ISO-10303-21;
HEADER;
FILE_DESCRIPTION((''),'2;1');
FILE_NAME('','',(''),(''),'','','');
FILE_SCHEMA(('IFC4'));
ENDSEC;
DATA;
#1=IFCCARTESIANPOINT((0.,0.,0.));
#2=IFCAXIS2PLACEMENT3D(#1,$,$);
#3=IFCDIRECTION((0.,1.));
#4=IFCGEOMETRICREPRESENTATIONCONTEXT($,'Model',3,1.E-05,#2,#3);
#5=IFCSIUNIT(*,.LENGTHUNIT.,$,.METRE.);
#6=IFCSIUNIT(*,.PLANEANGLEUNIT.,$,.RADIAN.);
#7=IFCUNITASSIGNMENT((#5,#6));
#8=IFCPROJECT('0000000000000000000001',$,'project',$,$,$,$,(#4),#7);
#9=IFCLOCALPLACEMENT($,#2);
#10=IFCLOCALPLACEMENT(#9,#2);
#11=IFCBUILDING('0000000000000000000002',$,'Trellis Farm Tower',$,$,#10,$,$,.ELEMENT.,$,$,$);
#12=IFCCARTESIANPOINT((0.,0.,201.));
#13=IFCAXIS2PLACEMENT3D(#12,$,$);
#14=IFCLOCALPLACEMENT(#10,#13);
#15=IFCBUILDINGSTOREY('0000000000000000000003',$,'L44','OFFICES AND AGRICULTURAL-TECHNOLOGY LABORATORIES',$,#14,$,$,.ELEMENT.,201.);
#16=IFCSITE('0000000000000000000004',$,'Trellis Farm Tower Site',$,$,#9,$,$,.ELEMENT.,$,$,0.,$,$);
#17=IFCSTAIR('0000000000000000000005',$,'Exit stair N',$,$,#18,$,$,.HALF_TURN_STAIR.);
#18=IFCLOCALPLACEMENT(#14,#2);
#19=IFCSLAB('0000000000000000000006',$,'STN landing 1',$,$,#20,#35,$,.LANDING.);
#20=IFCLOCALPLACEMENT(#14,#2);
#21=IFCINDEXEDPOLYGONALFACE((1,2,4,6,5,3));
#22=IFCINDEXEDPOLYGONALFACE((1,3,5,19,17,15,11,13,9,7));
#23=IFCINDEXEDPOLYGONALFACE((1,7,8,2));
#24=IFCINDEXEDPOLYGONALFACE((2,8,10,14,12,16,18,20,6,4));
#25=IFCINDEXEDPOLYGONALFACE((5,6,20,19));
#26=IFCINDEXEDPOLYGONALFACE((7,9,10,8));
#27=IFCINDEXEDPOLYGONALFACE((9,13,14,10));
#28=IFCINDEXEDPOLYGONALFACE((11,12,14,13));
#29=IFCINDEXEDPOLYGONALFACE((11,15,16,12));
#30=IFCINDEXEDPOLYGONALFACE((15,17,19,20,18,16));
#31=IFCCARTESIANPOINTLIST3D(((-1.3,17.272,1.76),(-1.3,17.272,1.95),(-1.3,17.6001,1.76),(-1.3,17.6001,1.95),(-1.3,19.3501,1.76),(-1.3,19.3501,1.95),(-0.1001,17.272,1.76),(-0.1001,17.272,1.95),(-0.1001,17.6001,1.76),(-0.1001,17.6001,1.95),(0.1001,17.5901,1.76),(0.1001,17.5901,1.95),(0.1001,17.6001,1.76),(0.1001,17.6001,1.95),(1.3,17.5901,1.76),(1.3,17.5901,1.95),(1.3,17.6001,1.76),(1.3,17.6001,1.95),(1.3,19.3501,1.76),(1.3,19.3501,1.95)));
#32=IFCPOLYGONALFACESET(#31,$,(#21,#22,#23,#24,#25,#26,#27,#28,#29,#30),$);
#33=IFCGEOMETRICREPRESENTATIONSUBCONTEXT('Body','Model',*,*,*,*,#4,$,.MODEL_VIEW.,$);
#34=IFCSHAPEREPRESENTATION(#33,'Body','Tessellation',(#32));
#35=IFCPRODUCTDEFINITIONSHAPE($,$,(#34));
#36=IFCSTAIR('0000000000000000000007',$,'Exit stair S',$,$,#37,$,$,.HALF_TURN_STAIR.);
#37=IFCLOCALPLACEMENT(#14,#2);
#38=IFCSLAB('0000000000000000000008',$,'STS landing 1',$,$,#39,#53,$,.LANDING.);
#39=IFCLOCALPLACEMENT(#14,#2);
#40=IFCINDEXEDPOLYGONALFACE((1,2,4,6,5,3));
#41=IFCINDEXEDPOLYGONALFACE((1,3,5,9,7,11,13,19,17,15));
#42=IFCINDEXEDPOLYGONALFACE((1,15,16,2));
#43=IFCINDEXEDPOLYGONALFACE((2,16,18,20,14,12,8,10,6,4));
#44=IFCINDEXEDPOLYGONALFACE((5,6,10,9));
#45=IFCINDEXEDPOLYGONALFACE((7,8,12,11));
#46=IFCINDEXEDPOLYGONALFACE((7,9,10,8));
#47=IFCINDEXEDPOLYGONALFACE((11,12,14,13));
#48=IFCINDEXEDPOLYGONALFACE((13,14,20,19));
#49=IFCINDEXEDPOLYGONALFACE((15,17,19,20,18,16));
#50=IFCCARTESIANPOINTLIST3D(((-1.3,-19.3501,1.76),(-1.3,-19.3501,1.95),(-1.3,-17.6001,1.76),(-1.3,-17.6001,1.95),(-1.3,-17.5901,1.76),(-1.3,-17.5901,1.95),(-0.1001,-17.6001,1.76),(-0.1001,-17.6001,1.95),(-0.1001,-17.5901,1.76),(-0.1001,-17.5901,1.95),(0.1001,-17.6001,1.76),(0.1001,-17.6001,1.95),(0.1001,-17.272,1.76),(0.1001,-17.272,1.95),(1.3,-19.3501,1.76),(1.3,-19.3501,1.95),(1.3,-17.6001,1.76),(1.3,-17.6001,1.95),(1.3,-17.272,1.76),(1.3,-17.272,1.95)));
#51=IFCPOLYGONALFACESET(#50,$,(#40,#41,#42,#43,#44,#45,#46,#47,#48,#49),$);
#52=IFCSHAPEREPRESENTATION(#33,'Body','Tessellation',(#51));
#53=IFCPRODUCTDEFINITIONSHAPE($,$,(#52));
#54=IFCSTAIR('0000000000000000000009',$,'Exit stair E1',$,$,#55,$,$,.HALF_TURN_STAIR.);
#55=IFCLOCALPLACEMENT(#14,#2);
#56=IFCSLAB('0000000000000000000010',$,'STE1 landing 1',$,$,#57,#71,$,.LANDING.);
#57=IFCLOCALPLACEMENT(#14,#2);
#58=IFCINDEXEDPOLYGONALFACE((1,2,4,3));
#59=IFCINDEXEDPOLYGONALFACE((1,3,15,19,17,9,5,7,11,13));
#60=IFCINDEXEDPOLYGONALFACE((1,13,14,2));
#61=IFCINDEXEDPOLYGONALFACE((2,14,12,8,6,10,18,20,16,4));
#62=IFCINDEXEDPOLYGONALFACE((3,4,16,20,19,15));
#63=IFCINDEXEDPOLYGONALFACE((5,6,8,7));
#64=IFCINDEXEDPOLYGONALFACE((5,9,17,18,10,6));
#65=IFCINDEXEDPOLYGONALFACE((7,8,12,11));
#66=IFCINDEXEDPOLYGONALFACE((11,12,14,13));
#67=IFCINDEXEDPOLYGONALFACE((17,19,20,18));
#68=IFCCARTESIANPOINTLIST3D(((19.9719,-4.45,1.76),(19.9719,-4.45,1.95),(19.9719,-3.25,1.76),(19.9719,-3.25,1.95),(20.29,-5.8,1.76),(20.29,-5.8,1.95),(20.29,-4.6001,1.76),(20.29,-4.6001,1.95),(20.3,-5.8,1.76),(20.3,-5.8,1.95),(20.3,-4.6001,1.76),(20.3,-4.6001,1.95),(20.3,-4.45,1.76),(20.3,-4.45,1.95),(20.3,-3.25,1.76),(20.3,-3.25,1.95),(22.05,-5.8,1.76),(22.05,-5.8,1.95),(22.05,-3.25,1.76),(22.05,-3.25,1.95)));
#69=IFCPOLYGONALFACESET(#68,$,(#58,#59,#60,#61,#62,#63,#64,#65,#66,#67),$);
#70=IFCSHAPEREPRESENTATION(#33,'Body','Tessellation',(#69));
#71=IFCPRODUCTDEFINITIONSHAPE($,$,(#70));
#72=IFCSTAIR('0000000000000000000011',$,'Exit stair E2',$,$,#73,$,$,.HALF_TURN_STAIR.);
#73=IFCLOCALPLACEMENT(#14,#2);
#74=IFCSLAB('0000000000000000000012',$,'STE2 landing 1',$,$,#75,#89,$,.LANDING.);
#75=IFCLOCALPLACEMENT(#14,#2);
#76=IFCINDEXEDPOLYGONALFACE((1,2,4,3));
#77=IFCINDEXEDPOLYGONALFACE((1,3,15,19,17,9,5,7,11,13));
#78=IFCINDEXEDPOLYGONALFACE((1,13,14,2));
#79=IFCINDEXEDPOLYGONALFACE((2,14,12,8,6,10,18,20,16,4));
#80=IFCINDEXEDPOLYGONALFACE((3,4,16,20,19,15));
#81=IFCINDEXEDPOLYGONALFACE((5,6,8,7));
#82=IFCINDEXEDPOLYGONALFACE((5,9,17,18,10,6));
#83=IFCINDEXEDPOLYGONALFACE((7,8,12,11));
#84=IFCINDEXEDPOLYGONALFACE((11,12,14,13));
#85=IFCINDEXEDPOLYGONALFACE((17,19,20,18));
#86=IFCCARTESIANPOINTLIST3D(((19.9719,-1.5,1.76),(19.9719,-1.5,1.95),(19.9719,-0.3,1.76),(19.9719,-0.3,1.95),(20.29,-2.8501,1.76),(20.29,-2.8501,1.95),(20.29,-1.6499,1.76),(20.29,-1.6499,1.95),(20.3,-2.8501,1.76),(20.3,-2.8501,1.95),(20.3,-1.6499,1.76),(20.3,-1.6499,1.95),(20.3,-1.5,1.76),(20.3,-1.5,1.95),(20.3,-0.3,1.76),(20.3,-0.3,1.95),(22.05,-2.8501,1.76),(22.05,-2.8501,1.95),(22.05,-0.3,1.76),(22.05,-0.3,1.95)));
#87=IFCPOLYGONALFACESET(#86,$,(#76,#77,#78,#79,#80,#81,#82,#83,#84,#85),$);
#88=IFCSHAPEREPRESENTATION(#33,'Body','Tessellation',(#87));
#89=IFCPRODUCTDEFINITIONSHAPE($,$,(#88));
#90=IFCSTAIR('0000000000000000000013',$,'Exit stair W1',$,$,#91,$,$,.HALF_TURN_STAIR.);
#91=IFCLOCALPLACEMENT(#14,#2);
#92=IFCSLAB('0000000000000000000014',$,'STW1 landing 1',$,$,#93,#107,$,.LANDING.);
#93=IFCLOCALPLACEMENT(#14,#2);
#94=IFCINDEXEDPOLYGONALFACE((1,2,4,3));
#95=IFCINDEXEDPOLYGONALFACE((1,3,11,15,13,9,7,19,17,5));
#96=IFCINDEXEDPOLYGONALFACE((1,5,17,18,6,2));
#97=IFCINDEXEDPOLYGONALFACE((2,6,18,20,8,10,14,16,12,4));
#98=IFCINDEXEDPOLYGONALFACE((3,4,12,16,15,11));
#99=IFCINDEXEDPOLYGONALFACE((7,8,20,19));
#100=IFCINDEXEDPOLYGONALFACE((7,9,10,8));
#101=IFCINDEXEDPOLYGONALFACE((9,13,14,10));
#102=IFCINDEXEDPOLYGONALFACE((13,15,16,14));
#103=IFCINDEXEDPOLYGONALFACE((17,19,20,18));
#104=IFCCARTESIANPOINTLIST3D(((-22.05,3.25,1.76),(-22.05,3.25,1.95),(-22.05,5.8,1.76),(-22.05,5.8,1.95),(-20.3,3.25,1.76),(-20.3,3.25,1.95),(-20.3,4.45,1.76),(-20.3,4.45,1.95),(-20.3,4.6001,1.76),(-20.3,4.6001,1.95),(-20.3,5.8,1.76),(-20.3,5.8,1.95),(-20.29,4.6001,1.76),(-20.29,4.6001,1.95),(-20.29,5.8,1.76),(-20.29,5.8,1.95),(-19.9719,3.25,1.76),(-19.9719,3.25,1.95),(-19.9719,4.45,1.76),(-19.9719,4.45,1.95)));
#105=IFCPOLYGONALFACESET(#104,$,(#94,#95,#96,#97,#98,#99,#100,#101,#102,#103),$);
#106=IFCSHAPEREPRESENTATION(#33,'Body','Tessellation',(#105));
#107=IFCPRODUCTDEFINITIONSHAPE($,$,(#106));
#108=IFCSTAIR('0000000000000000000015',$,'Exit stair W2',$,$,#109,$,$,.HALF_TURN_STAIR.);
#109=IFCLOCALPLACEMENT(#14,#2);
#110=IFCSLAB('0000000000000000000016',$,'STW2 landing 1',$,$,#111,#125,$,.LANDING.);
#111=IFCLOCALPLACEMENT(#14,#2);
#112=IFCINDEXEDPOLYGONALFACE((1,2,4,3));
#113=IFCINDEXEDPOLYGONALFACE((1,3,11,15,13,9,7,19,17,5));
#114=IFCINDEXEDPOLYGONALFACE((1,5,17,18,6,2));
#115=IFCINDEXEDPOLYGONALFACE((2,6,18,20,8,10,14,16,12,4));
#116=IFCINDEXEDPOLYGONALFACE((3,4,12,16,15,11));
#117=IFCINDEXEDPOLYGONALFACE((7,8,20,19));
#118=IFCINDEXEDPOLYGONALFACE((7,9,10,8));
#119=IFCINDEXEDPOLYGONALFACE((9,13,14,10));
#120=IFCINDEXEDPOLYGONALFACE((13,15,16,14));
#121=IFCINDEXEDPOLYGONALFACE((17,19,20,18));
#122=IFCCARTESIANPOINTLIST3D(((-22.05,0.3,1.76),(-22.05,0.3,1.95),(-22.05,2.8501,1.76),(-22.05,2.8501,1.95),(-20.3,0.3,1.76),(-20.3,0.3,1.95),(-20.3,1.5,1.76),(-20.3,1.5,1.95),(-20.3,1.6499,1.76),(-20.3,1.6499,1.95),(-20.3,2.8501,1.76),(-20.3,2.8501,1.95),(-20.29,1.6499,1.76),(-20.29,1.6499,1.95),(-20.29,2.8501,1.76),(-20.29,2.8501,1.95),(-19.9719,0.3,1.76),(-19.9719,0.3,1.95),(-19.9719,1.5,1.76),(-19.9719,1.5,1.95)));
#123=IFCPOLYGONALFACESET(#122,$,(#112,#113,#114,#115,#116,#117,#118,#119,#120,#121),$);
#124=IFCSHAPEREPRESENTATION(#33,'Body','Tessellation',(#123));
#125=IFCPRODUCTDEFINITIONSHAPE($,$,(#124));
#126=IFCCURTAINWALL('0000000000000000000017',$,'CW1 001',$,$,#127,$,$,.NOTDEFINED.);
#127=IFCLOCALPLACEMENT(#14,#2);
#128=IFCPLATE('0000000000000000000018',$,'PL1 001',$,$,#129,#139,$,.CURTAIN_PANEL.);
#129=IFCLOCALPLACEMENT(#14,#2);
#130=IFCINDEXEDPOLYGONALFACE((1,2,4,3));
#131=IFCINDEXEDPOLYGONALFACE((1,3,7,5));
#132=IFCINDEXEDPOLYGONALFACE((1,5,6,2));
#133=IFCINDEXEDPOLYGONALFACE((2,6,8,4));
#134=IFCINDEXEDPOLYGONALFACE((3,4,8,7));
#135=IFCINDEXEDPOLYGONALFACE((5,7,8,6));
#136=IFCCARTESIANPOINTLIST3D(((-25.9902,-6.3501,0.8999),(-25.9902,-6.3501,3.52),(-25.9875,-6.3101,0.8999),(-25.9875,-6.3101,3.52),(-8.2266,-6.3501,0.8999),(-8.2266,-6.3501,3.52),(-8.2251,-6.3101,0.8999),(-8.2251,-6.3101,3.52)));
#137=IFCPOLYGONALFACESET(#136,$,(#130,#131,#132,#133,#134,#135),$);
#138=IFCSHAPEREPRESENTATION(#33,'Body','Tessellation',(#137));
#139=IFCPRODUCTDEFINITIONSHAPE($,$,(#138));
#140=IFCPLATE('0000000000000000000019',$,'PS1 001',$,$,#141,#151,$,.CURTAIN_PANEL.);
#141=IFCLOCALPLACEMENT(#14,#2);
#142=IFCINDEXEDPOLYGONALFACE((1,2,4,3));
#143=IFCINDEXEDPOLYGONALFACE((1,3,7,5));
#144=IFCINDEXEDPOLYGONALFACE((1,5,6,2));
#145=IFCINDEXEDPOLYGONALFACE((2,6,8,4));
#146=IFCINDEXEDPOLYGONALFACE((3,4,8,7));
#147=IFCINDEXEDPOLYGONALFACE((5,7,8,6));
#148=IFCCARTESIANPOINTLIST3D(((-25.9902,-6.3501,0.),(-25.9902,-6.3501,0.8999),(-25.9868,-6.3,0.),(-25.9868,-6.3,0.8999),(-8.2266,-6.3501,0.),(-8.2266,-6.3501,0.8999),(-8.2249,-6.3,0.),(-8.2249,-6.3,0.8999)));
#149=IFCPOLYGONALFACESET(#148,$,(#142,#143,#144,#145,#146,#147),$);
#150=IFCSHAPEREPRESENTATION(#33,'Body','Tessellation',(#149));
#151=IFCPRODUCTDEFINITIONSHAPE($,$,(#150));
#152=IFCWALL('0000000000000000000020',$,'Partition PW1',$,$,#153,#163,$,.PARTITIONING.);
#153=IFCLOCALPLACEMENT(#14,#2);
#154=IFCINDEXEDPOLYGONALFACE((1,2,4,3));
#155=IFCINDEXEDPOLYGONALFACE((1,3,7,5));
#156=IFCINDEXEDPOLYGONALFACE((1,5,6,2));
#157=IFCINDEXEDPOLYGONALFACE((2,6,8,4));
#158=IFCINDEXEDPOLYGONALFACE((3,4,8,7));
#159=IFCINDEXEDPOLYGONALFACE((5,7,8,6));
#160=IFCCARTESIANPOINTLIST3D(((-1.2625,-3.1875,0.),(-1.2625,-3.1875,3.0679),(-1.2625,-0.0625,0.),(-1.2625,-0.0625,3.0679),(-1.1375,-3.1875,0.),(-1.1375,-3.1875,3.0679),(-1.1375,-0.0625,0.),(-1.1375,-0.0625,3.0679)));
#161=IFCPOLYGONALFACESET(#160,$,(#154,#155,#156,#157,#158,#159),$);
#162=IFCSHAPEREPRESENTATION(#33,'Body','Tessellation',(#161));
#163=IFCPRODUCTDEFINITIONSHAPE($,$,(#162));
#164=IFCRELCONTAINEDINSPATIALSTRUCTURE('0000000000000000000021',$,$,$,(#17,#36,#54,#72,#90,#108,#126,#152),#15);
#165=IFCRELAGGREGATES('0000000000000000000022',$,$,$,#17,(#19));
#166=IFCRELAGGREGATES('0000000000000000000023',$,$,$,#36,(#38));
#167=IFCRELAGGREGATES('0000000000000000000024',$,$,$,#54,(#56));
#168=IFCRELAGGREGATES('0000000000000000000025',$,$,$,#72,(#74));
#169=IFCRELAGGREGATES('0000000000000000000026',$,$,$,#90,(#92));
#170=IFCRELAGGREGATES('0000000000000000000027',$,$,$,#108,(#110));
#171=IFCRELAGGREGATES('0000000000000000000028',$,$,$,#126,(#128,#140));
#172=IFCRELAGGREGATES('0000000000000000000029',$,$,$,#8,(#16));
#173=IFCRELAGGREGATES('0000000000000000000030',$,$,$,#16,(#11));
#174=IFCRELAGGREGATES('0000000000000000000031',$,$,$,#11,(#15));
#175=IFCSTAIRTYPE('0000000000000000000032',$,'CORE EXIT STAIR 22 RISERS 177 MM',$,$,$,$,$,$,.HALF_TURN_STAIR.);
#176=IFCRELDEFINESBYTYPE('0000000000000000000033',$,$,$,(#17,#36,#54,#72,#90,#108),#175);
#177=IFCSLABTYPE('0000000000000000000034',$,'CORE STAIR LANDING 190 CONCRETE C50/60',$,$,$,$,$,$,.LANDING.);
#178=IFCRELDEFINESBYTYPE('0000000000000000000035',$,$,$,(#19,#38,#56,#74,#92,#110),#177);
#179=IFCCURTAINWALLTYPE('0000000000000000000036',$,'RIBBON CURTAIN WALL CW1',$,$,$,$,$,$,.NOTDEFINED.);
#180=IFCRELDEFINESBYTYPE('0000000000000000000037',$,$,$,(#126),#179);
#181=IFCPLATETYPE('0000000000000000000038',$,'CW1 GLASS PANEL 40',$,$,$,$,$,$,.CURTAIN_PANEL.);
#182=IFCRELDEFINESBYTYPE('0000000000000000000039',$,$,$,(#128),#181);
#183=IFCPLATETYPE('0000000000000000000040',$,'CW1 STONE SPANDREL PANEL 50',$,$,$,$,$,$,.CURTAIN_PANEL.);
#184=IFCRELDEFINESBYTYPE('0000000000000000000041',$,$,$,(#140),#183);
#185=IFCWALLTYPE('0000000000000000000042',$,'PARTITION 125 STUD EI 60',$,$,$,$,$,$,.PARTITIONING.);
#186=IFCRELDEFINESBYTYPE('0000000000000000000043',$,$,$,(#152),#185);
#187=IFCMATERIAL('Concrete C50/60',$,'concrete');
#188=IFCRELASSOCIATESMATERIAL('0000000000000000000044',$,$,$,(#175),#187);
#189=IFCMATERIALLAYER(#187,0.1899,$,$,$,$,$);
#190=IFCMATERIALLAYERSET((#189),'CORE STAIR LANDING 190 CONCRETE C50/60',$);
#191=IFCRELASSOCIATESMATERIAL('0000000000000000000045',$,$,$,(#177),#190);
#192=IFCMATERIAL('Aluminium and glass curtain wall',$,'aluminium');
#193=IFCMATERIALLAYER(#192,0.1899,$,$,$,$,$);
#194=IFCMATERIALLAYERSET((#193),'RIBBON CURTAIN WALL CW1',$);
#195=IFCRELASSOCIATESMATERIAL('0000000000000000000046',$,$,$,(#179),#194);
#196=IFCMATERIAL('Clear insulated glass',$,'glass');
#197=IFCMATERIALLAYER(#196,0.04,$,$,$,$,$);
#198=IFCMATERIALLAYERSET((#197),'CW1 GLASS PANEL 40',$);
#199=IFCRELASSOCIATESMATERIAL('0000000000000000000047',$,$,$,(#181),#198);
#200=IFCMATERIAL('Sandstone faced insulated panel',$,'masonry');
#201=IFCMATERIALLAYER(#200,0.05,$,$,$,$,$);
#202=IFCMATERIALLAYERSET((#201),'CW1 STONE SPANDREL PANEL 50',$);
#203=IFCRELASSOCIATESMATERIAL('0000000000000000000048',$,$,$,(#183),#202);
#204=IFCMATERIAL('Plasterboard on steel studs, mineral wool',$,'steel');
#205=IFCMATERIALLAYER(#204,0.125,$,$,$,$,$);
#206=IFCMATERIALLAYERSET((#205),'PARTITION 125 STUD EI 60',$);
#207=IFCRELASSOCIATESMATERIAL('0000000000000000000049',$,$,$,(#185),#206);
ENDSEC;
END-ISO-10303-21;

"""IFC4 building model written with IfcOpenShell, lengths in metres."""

from ifc_helpers import new_model, si_unit, direction, frame, frame_2d, origin, place, context, subcontext, project, spatial, polyline, rectangle, outline, extrude, source, transform, mapped, material, layer, layer_set, type_object, element, aggregate, save


model = new_model("IFC4")

# Units and contexts
model_context = context("Model", 3, precision=1e-05, world=origin(), true_north=direction((0.0, 1.0)))
body_context = subcontext(model_context, "Body", "Model", "MODEL_VIEW")
ifc_project = project(units=[si_unit("LENGTHUNIT", "METRE"), si_unit("PLANEANGLEUNIT", "RADIAN")], contexts=[model_context])

# Site, building, storey
site_placement = place(None, origin())
site = spatial("IfcSite", under=ifc_project, at=site_placement, Name="Trellis Farm Tower Site", CompositionType="ELEMENT", RefElevation=0.0)
building_placement = place(site_placement, origin())
building = spatial("IfcBuilding", under=site, at=building_placement, Name="Trellis Farm Tower", CompositionType="ELEMENT")
storey_placement = place(building_placement, frame((0.0, 0.0, 201.0)))
storey = spatial("IfcBuildingStorey", under=building, at=storey_placement, Name="L44", Description="OFFICES AND AGRICULTURAL-TECHNOLOGY LABORATORIES", CompositionType="ELEMENT", Elevation=201.0)

# Stairs, slabs
ifc_material_1 = material(Name="Concrete C50/60", Category="concrete")
stair_type = type_object("IfcStairType", Name="CORE EXIT STAIR 22 RISERS 177 MM", PredefinedType="HALF_TURN_STAIR", material=ifc_material_1)
placement_1 = place(storey_placement, origin())
stair_1 = element("IfcStair", 1, at=placement_1, inside=storey, type_object=stair_type, Name="Exit stair N", PredefinedType="HALF_TURN_STAIR")
ifc_layer_1 = layer(ifc_material_1, 0.1899)
ifc_layer_set_1 = layer_set([ifc_layer_1], Name="CORE STAIR LANDING 190 CONCRETE C50/60")
slab_type_1 = type_object("IfcSlabType", Name="CORE STAIR LANDING 190 CONCRETE C50/60", PredefinedType="LANDING", material=ifc_layer_set_1)
shared_shape_1 = source(origin(), body_context, "Body", "SweptSolid", [
    extrude(outline(polyline([(-0.1001, 17.272), (-1.3, 17.272), (-1.3, 17.6001), (-1.3, 19.3501), (1.3, 19.3501), (1.3, 17.6001), (1.3, 17.5901), (0.1001, 17.5901), (0.1001, 17.6001), (-0.1001, 17.6001), (-0.1001, 17.272)])), origin(), (0.0, 0.0, 1.0), 0.1899),
])
placement_2 = place(storey_placement, frame((0.0, 0.0, 1.76)))
slab_1 = element("IfcSlab", 2, at=placement_2, type_object=slab_type_1, Name="STN landing 1", PredefinedType="LANDING", context=body_context, shape_type="MappedRepresentation", body=[
    mapped(shared_shape_1, transform((0.0, 0.0, 0.0))),
])
aggregate(stair_1, [slab_1])
stair_2 = element("IfcStair", 3, at=placement_1, inside=storey, type_object=stair_type, Name="Exit stair S", PredefinedType="HALF_TURN_STAIR")
shared_shape_2 = source(origin(), body_context, "Body", "SweptSolid", [
    extrude(outline(polyline([(1.3, -19.3501), (-1.3, -19.3501), (-1.3, -17.6001), (-1.3, -17.5901), (-0.1001, -17.5901), (-0.1001, -17.6001), (0.1001, -17.6001), (0.1001, -17.272), (1.3, -17.272), (1.3, -17.6001), (1.3, -19.3501)])), origin(), (0.0, 0.0, 1.0), 0.1899),
])
slab_2 = element("IfcSlab", 4, at=placement_2, type_object=slab_type_1, Name="STS landing 1", PredefinedType="LANDING", context=body_context, shape_type="MappedRepresentation", body=[
    mapped(shared_shape_2, transform((0.0, 0.0, 0.0))),
])
aggregate(stair_2, [slab_2])
stair_3 = element("IfcStair", 5, at=placement_1, inside=storey, type_object=stair_type, Name="Exit stair E1", PredefinedType="HALF_TURN_STAIR")
shared_shape_3 = source(origin(), body_context, "Body", "SweptSolid", [
    extrude(outline(polyline([(20.29, -5.8), (20.29, -4.6001), (20.3, -4.6001), (20.3, -4.45), (19.9719, -4.45), (19.9719, -3.25), (20.3, -3.25), (22.05, -3.25), (22.05, -5.8), (20.3, -5.8), (20.29, -5.8)])), origin(), (0.0, 0.0, 1.0), 0.1899),
])
slab_3 = element("IfcSlab", 6, at=placement_2, type_object=slab_type_1, Name="STE1 landing 1", PredefinedType="LANDING", context=body_context, shape_type="MappedRepresentation", body=[
    mapped(shared_shape_3, transform((0.0, 0.0, 0.0))),
])
aggregate(stair_3, [slab_3])
stair_4 = element("IfcStair", 7, at=placement_1, inside=storey, type_object=stair_type, Name="Exit stair E2", PredefinedType="HALF_TURN_STAIR")
shared_shape_4 = source(origin(), body_context, "Body", "SweptSolid", [
    extrude(outline(polyline([(20.29, -2.8501), (20.29, -1.6499), (20.3, -1.6499), (20.3, -1.5), (19.9719, -1.5), (19.9719, -0.3), (20.3, -0.3), (22.05, -0.3), (22.05, -2.8501), (20.3, -2.8501), (20.29, -2.8501)])), origin(), (0.0, 0.0, 1.0), 0.1899),
])
slab_4 = element("IfcSlab", 8, at=placement_2, type_object=slab_type_1, Name="STE2 landing 1", PredefinedType="LANDING", context=body_context, shape_type="MappedRepresentation", body=[
    mapped(shared_shape_4, transform((0.0, 0.0, 0.0))),
])
aggregate(stair_4, [slab_4])
stair_5 = element("IfcStair", 9, at=placement_1, inside=storey, type_object=stair_type, Name="Exit stair W1", PredefinedType="HALF_TURN_STAIR")
shared_shape_5 = source(origin(), body_context, "Body", "SweptSolid", [
    extrude(outline(polyline([(-19.9719, 4.45), (-19.9719, 3.25), (-20.3, 3.25), (-22.05, 3.25), (-22.05, 5.8), (-20.3, 5.8), (-20.29, 5.8), (-20.29, 4.6001), (-20.3, 4.6001), (-20.3, 4.45), (-19.9719, 4.45)])), origin(), (0.0, 0.0, 1.0), 0.1899),
])
slab_5 = element("IfcSlab", 10, at=placement_2, type_object=slab_type_1, Name="STW1 landing 1", PredefinedType="LANDING", context=body_context, shape_type="MappedRepresentation", body=[
    mapped(shared_shape_5, transform((0.0, 0.0, 0.0))),
])
aggregate(stair_5, [slab_5])
stair_6 = element("IfcStair", 11, at=placement_1, inside=storey, type_object=stair_type, Name="Exit stair W2", PredefinedType="HALF_TURN_STAIR")
shared_shape_6 = source(origin(), body_context, "Body", "SweptSolid", [
    extrude(outline(polyline([(-19.9719, 1.5), (-19.9719, 0.3), (-20.3, 0.3), (-22.05, 0.3), (-22.05, 2.8501), (-20.3, 2.8501), (-20.29, 2.8501), (-20.29, 1.6499), (-20.3, 1.6499), (-20.3, 1.5), (-19.9719, 1.5)])), origin(), (0.0, 0.0, 1.0), 0.1899),
])
slab_6 = element("IfcSlab", 12, at=placement_2, type_object=slab_type_1, Name="STW2 landing 1", PredefinedType="LANDING", context=body_context, shape_type="MappedRepresentation", body=[
    mapped(shared_shape_6, transform((0.0, 0.0, 0.0))),
])
aggregate(stair_6, [slab_6])

# Curtain wall, plates
ifc_material_2 = material(Name="Aluminium and glass curtain wall", Category="aluminium")
ifc_layer_2 = layer(ifc_material_2, 0.1899)
ifc_layer_set_2 = layer_set([ifc_layer_2], Name="RIBBON CURTAIN WALL CW1")
curtain_wall_type = type_object("IfcCurtainWallType", Name="RIBBON CURTAIN WALL CW1", PredefinedType="NOTDEFINED", material=ifc_layer_set_2)
curtain_wall = element("IfcCurtainWall", 13, at=placement_1, inside=storey, type_object=curtain_wall_type, Name="CW1 001", PredefinedType="NOTDEFINED")
ifc_material_3 = material(Name="Clear insulated glass", Category="glass")
ifc_layer_3 = layer(ifc_material_3, 0.04)
ifc_layer_set_3 = layer_set([ifc_layer_3], Name="CW1 GLASS PANEL 40")
plate_type_1 = type_object("IfcPlateType", Name="CW1 GLASS PANEL 40", PredefinedType="CURTAIN_PANEL", material=ifc_layer_set_3)
shared_shape_7 = source(origin(), body_context, "Body", "SweptSolid", [
    extrude(outline(polyline([(-25.9902, -6.3501), (-8.2266, -6.3501), (-8.2251, -6.3101), (-25.9875, -6.3101), (-25.9902, -6.3501)])), origin(), (0.0, 0.0, 1.0), 2.6201),
])
plate_1_placement = place(storey_placement, frame((0.0, 0.0, 0.8999)))
plate_1 = element("IfcPlate", 14, at=plate_1_placement, type_object=plate_type_1, Name="PL1 001", PredefinedType="CURTAIN_PANEL", context=body_context, shape_type="MappedRepresentation", body=[
    mapped(shared_shape_7, transform((0.0, 0.0, 0.0))),
])
ifc_material_4 = material(Name="Sandstone faced insulated panel", Category="masonry")
ifc_layer_4 = layer(ifc_material_4, 0.05)
ifc_layer_set_4 = layer_set([ifc_layer_4], Name="CW1 STONE SPANDREL PANEL 50")
plate_type_2 = type_object("IfcPlateType", Name="CW1 STONE SPANDREL PANEL 50", PredefinedType="CURTAIN_PANEL", material=ifc_layer_set_4)
shared_shape_8 = source(origin(), body_context, "Body", "SweptSolid", [
    extrude(outline(polyline([(-25.9902, -6.3501), (-8.2266, -6.3501), (-8.2249, -6.3), (-25.9868, -6.3), (-25.9902, -6.3501)])), origin(), (0.0, 0.0, 1.0), 0.8999),
])
plate_2 = element("IfcPlate", 15, at=placement_1, type_object=plate_type_2, Name="PS1 001", PredefinedType="CURTAIN_PANEL", context=body_context, shape_type="MappedRepresentation", body=[
    mapped(shared_shape_8, transform((0.0, 0.0, 0.0))),
])
aggregate(curtain_wall, [plate_1, plate_2])

# Wall
ifc_material_5 = material(Name="Plasterboard on steel studs, mineral wool", Category="steel")
ifc_layer_5 = layer(ifc_material_5, 0.125)
ifc_layer_set_5 = layer_set([ifc_layer_5], Name="PARTITION 125 STUD EI 60")
wall_type = type_object("IfcWallType", Name="PARTITION 125 STUD EI 60", PredefinedType="PARTITIONING", material=ifc_layer_set_5)
shared_shape_9 = source(origin(), body_context, "Body", "SweptSolid", [
    extrude(rectangle(XDim=3.125, YDim=0.125, at=frame_2d((1.5625, 0.0))), origin(), (0.0, 0.0, 1.0), 3.0679),
])
wall_1_placement = place(storey_placement, frame((-1.2, -0.0625, 0.0), z_axis=(0.0, 0.0, 1.0), x_axis=(0.0, -1.0, 0.0)))
element("IfcWall", 16, at=wall_1_placement, inside=storey, type_object=wall_type, Name="Partition PW1", PredefinedType="PARTITIONING", context=body_context, shape_type="MappedRepresentation", body=[
    mapped(shared_shape_9, transform((0.0, 0.0, 0.0))),
])

save(model, "model.ifc")
